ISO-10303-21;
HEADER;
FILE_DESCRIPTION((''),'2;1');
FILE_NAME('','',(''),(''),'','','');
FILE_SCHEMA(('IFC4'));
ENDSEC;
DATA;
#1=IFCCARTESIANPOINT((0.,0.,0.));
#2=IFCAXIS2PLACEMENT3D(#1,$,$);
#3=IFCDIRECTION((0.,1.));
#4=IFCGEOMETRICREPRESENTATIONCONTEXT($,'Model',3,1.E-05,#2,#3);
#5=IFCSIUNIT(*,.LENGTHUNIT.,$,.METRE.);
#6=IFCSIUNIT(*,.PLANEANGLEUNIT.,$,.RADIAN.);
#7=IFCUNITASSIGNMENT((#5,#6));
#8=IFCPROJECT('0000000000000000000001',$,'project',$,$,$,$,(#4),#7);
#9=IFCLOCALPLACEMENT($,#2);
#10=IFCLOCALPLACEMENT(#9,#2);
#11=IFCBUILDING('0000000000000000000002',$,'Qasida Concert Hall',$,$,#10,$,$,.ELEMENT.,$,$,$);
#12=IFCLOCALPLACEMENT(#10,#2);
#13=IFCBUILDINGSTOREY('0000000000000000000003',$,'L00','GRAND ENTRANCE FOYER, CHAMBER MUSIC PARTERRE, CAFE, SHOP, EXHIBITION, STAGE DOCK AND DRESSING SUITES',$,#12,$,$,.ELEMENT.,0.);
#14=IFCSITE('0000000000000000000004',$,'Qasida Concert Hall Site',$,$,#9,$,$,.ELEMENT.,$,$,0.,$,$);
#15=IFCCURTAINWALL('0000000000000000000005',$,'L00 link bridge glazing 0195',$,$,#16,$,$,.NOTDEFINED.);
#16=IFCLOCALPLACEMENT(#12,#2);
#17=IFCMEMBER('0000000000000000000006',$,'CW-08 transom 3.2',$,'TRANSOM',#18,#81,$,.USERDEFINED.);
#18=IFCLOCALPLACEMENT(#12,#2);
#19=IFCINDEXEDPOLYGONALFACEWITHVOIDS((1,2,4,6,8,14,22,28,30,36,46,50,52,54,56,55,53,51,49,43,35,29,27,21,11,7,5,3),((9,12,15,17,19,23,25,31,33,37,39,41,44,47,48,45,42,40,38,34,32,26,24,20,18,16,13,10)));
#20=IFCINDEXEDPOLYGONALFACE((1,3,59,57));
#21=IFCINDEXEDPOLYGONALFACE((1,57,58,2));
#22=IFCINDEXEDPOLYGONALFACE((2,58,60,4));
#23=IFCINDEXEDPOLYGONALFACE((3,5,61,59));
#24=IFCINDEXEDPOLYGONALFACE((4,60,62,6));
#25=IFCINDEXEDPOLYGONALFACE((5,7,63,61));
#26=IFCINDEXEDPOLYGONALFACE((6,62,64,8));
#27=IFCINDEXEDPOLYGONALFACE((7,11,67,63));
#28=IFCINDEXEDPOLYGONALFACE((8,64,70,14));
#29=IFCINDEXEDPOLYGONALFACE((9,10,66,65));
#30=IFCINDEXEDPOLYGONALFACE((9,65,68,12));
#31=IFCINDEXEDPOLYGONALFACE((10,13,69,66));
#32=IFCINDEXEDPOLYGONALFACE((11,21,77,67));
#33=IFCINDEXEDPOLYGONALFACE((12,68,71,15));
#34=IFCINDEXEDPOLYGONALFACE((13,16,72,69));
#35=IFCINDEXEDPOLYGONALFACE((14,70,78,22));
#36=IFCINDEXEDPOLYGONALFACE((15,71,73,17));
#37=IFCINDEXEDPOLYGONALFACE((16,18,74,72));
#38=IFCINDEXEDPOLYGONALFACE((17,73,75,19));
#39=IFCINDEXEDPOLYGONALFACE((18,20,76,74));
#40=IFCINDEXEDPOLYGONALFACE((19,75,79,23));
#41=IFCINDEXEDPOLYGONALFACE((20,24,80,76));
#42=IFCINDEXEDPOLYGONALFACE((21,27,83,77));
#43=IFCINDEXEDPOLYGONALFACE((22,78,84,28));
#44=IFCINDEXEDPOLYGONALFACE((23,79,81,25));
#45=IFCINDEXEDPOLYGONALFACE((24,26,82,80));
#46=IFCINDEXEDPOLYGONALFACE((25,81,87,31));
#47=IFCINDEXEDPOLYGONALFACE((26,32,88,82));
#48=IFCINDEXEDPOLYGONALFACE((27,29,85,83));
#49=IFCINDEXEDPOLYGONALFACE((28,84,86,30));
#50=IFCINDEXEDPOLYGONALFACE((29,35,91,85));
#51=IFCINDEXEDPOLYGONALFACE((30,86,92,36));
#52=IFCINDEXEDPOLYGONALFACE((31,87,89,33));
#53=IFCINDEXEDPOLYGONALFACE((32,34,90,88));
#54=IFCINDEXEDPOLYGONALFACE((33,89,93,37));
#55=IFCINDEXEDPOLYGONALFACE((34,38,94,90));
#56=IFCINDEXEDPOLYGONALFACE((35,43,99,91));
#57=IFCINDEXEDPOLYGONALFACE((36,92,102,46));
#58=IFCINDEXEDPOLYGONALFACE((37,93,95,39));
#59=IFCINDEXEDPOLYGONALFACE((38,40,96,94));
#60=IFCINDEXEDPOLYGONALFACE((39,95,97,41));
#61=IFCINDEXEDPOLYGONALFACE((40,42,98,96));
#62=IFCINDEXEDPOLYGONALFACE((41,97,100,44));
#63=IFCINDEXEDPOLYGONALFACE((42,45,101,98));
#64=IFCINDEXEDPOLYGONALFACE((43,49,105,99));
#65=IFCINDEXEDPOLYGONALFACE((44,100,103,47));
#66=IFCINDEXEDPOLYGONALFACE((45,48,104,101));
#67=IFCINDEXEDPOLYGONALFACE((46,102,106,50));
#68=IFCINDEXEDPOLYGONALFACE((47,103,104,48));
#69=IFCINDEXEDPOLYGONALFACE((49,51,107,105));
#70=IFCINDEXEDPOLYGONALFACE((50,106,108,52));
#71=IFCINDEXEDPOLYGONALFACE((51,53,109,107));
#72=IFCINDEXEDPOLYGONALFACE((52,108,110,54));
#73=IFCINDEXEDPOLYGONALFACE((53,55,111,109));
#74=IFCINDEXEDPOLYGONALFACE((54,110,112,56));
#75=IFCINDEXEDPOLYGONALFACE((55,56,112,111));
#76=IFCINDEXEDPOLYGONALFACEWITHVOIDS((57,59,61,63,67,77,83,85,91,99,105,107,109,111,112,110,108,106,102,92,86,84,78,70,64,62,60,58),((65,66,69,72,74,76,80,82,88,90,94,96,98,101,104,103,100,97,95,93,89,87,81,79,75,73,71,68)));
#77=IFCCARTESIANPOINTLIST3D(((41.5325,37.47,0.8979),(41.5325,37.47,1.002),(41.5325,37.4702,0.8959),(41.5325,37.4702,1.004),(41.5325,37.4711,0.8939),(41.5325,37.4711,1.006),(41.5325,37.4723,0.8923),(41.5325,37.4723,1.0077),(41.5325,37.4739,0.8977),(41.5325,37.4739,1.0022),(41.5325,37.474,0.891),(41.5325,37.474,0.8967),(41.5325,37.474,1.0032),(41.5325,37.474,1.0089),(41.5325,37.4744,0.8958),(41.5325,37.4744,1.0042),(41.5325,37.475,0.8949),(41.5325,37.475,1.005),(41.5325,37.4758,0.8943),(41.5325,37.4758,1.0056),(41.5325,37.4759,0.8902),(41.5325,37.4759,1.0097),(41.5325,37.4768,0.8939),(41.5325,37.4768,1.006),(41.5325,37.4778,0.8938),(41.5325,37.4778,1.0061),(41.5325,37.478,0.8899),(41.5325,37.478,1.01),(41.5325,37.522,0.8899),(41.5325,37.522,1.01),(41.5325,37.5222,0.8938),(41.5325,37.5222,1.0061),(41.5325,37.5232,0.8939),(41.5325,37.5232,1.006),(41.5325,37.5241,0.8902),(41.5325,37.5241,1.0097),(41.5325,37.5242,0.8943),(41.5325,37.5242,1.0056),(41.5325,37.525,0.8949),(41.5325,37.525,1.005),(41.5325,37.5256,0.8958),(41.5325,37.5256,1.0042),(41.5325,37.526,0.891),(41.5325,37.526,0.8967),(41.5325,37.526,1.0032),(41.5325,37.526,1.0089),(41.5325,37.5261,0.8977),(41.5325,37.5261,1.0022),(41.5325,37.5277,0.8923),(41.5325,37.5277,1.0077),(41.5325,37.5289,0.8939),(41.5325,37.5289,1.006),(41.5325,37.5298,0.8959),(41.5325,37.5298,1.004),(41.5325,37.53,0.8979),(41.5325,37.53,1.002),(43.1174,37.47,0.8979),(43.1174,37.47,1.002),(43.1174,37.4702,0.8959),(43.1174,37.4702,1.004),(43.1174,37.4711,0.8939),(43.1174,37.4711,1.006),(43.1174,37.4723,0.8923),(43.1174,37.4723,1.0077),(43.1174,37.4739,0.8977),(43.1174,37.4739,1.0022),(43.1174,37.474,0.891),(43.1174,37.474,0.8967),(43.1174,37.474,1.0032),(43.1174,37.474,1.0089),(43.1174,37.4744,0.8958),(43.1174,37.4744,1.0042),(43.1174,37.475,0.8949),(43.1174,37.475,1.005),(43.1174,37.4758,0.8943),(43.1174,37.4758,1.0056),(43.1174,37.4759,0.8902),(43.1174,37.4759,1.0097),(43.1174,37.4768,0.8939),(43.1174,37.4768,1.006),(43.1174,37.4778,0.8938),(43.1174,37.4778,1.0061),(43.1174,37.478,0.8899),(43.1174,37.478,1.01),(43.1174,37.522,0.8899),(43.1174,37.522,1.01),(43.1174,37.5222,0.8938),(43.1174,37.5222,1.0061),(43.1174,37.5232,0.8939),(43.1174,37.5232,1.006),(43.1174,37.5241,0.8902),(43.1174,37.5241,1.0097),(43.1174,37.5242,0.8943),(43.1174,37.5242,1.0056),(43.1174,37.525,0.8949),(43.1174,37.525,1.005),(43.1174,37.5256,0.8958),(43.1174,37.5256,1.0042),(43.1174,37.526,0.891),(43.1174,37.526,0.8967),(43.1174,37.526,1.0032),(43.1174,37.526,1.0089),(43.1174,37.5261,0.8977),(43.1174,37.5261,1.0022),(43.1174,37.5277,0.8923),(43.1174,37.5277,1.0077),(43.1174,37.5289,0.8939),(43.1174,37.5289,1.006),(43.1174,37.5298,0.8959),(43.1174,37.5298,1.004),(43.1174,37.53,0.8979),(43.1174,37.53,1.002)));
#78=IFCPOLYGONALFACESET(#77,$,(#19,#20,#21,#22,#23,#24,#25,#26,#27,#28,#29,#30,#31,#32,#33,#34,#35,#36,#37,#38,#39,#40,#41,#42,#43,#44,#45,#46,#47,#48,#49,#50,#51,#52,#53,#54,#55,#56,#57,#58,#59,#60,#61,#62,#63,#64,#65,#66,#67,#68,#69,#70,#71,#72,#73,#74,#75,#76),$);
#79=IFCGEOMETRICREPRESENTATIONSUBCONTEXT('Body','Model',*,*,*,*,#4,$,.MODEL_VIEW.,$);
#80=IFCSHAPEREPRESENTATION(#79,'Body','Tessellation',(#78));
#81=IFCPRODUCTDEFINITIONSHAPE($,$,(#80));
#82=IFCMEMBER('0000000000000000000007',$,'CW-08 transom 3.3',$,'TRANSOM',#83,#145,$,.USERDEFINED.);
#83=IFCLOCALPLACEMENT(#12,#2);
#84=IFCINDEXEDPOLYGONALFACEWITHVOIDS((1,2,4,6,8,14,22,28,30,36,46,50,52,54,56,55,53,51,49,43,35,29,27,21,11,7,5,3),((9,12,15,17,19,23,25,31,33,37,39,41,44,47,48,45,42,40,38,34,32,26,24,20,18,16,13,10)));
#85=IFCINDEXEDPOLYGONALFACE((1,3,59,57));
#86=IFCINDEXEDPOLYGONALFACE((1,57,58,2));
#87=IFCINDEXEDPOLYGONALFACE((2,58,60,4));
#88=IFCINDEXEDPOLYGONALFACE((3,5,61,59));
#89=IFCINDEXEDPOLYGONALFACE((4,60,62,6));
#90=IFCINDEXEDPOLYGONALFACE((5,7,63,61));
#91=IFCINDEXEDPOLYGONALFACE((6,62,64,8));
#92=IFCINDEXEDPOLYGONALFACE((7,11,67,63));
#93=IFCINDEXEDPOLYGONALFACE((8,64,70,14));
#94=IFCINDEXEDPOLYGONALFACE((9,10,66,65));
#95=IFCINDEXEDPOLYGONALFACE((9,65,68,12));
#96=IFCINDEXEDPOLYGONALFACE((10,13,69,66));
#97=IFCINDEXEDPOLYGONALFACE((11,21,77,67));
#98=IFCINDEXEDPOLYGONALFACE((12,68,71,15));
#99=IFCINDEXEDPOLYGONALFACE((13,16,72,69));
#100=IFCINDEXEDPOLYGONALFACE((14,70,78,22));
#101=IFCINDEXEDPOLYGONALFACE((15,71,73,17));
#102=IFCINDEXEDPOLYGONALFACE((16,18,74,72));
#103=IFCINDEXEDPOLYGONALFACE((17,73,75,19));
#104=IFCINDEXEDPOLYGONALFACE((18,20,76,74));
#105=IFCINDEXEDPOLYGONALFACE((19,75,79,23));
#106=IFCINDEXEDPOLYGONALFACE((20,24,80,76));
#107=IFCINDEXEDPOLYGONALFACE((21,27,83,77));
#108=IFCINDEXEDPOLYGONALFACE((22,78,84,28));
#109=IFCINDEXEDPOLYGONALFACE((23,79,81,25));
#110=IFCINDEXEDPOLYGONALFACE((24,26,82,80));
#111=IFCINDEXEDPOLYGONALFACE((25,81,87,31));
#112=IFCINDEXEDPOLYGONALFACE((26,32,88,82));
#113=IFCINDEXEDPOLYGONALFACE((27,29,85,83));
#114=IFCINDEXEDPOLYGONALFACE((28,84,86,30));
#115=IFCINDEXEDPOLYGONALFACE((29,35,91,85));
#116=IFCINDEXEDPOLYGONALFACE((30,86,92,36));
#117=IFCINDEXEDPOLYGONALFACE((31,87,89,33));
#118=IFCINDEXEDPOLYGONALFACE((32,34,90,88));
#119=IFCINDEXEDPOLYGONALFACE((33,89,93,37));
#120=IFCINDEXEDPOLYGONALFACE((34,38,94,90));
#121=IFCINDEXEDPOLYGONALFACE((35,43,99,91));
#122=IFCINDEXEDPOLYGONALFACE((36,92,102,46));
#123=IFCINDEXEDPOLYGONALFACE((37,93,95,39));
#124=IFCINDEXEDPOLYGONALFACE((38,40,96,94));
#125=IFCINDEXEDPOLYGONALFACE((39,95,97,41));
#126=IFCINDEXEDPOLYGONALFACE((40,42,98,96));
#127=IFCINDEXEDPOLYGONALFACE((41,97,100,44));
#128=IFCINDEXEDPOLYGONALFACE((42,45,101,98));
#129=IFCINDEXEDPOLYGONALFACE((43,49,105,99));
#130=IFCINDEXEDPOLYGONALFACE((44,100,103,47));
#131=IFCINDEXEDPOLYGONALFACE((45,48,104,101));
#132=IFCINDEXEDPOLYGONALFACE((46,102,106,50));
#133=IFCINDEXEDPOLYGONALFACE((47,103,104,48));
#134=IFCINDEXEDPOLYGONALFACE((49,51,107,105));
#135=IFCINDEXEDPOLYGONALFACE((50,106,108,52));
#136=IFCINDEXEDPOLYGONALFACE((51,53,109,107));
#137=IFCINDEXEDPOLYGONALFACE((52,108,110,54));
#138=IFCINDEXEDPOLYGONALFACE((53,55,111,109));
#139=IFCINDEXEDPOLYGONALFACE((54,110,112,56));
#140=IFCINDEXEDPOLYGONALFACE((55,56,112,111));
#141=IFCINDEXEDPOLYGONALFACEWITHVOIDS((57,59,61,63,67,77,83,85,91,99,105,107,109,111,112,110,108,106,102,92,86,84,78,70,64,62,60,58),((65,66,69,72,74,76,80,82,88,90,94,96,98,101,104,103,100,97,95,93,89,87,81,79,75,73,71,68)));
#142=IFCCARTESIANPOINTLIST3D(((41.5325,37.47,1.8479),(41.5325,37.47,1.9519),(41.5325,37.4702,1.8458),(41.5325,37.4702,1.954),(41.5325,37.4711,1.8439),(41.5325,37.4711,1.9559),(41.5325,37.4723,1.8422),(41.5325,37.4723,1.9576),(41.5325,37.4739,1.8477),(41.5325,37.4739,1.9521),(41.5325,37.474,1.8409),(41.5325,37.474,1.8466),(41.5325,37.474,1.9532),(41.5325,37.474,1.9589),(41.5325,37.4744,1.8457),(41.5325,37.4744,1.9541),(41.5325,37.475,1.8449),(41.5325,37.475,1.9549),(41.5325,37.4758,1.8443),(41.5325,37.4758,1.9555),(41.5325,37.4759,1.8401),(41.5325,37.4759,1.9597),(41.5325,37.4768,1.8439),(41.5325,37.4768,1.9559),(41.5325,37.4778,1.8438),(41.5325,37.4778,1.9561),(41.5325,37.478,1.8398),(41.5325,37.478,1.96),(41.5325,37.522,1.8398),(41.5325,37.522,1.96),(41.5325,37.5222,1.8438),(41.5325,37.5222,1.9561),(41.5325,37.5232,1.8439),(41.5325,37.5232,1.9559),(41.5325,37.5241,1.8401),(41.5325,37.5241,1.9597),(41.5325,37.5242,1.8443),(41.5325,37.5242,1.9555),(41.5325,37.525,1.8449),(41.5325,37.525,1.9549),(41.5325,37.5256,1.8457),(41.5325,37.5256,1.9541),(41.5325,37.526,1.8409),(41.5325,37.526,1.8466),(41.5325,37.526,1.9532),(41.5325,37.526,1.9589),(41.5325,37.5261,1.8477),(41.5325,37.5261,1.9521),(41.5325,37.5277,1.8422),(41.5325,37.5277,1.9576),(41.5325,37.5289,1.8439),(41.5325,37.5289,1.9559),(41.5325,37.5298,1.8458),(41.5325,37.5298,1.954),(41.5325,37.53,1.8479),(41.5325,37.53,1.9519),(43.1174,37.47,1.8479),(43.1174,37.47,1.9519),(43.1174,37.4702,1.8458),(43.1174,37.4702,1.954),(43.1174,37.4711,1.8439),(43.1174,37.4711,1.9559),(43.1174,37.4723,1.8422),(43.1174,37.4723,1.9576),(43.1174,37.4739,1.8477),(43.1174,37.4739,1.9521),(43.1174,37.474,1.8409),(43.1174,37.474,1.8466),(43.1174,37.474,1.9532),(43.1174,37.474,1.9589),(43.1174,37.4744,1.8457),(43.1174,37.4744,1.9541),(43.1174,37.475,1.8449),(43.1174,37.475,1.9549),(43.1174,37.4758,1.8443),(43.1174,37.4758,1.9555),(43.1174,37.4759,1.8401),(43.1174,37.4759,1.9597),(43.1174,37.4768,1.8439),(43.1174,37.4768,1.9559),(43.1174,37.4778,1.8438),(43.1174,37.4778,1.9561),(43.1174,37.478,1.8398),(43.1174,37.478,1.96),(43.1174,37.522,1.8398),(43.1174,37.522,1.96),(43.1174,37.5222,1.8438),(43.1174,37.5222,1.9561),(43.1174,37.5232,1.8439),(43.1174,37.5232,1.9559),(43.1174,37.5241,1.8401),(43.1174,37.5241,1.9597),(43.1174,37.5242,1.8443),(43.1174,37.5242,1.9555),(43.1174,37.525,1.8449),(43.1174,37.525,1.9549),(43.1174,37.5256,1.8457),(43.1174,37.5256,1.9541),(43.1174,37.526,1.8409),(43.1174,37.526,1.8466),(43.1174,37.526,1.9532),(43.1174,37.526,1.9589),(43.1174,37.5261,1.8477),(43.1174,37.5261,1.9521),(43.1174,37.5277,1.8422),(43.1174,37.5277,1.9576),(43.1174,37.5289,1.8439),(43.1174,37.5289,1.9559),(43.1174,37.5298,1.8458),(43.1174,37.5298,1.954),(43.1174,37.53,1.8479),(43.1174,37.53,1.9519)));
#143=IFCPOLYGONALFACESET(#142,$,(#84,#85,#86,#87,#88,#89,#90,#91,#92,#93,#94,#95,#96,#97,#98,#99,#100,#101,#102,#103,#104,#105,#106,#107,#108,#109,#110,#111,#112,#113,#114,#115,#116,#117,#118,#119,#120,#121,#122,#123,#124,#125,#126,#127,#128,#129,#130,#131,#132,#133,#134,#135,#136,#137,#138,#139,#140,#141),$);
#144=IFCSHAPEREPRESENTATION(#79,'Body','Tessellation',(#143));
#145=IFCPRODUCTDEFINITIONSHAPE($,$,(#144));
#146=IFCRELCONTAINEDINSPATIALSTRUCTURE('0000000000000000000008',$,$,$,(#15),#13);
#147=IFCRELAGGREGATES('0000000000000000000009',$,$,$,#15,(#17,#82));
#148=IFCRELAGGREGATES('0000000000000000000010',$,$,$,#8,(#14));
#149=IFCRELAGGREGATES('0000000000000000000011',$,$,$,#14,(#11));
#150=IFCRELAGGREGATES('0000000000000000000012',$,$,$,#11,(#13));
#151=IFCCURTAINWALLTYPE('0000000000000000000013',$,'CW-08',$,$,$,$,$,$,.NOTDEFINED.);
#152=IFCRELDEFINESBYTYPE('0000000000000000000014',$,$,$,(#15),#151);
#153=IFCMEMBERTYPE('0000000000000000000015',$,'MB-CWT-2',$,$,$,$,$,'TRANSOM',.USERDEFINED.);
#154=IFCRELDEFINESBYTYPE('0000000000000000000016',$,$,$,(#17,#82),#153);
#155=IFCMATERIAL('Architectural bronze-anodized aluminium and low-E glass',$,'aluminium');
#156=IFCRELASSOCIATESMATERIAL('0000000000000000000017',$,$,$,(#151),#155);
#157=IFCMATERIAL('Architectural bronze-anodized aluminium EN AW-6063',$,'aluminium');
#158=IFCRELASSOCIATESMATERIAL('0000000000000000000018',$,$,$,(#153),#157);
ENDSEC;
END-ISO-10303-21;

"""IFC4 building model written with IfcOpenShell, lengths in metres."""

from ifc_helpers import new_model, si_unit, direction, frame, origin, origin_2d, place, context, subcontext, project, spatial, hollow_rectangle, extrude, material, material_profile, profile_set, type_object, element, aggregate, save


model = new_model("IFC4")

# Units and contexts
model_context = context("Model", 3, precision=1e-05, world=origin(), true_north=direction((0.0, 1.0)))
body_context = subcontext(model_context, "Body", "Model", "MODEL_VIEW")
ifc_project = project(units=[si_unit("LENGTHUNIT", "METRE"), si_unit("PLANEANGLEUNIT", "RADIAN")], contexts=[model_context])

# Site, building, storey
site_placement = place(None, origin())
site = spatial("IfcSite", under=ifc_project, at=site_placement, Name="Qasida Concert Hall Site", CompositionType="ELEMENT", RefElevation=0.0)
building_placement = place(site_placement, origin())
building = spatial("IfcBuilding", under=site, at=building_placement, Name="Qasida Concert Hall", CompositionType="ELEMENT")
storey_placement = place(building_placement, origin())
storey = spatial("IfcBuildingStorey", under=building, at=storey_placement, Name="L00", Description="GRAND ENTRANCE FOYER, CHAMBER MUSIC PARTERRE, CAFE, SHOP, EXHIBITION, STAGE DOCK AND DRESSING SUITES", CompositionType="ELEMENT", Elevation=0.0)

# Curtain wall
ifc_material_1 = material(Name="Architectural bronze-anodized aluminium and low-E glass", Category="aluminium")
curtain_wall_type = type_object("IfcCurtainWallType", Name="CW-08", PredefinedType="NOTDEFINED", material=ifc_material_1)
curtain_wall_1_placement = place(storey_placement, origin())
curtain_wall_1 = element("IfcCurtainWall", 1, at=curtain_wall_1_placement, inside=storey, type_object=curtain_wall_type, Name="L00 link bridge glazing 0195", PredefinedType="NOTDEFINED")
ifc_material_2 = material(Name="Architectural bronze-anodized aluminium EN AW-6063", Category="aluminium")

# Members
ifc_material_profile_1 = material_profile(ifc_material_2, hollow_rectangle(XDim=0.0601, YDim=0.1201, WallThickness=0.0039, InnerFilletRadius=0.0039, OuterFilletRadius=0.0081, at=origin_2d()), Name="CWT 120x60x4")
ifc_profile_set_1 = profile_set([ifc_material_profile_1], Name="Architectural bronze-anodized aluminium EN AW-6063")
member_type_1 = type_object("IfcMemberType", Name="MB-CWT-2", ElementType="TRANSOM", PredefinedType="USERDEFINED", material=ifc_profile_set_1)
member_1_placement = place(storey_placement, frame((41.5325, 37.5, 0.95), z_axis=(1.0, 0.0, 0.0), x_axis=(0.0, 1.0, 0.0)))
member_1 = element("IfcMember", 2, at=member_1_placement, type_object=member_type_1, Name="CW-08 transom 3.2", ObjectType="TRANSOM", PredefinedType="USERDEFINED", context=body_context, shape_type="SweptSolid", body=[
    extrude(hollow_rectangle(XDim=0.0601, YDim=0.1201, WallThickness=0.0039, InnerFilletRadius=0.0039, OuterFilletRadius=0.0081, at=origin_2d()), origin(), (0.0, 0.0, 1.0), 1.585),
])
member_2_placement = place(storey_placement, frame((41.5325, 37.5, 1.8999), z_axis=(1.0, 0.0, 0.0), x_axis=(0.0, 1.0, 0.0)))
member_2 = element("IfcMember", 3, at=member_2_placement, type_object=member_type_1, Name="CW-08 transom 3.3", ObjectType="TRANSOM", PredefinedType="USERDEFINED", context=body_context, shape_type="SweptSolid", body=[
    extrude(hollow_rectangle(XDim=0.0601, YDim=0.1201, WallThickness=0.0039, InnerFilletRadius=0.0039, OuterFilletRadius=0.0081, at=origin_2d()), origin(), (0.0, 0.0, 1.0), 1.585),
])

aggregate(curtain_wall_1, [member_1, member_2])

save(model, "model.ifc")
